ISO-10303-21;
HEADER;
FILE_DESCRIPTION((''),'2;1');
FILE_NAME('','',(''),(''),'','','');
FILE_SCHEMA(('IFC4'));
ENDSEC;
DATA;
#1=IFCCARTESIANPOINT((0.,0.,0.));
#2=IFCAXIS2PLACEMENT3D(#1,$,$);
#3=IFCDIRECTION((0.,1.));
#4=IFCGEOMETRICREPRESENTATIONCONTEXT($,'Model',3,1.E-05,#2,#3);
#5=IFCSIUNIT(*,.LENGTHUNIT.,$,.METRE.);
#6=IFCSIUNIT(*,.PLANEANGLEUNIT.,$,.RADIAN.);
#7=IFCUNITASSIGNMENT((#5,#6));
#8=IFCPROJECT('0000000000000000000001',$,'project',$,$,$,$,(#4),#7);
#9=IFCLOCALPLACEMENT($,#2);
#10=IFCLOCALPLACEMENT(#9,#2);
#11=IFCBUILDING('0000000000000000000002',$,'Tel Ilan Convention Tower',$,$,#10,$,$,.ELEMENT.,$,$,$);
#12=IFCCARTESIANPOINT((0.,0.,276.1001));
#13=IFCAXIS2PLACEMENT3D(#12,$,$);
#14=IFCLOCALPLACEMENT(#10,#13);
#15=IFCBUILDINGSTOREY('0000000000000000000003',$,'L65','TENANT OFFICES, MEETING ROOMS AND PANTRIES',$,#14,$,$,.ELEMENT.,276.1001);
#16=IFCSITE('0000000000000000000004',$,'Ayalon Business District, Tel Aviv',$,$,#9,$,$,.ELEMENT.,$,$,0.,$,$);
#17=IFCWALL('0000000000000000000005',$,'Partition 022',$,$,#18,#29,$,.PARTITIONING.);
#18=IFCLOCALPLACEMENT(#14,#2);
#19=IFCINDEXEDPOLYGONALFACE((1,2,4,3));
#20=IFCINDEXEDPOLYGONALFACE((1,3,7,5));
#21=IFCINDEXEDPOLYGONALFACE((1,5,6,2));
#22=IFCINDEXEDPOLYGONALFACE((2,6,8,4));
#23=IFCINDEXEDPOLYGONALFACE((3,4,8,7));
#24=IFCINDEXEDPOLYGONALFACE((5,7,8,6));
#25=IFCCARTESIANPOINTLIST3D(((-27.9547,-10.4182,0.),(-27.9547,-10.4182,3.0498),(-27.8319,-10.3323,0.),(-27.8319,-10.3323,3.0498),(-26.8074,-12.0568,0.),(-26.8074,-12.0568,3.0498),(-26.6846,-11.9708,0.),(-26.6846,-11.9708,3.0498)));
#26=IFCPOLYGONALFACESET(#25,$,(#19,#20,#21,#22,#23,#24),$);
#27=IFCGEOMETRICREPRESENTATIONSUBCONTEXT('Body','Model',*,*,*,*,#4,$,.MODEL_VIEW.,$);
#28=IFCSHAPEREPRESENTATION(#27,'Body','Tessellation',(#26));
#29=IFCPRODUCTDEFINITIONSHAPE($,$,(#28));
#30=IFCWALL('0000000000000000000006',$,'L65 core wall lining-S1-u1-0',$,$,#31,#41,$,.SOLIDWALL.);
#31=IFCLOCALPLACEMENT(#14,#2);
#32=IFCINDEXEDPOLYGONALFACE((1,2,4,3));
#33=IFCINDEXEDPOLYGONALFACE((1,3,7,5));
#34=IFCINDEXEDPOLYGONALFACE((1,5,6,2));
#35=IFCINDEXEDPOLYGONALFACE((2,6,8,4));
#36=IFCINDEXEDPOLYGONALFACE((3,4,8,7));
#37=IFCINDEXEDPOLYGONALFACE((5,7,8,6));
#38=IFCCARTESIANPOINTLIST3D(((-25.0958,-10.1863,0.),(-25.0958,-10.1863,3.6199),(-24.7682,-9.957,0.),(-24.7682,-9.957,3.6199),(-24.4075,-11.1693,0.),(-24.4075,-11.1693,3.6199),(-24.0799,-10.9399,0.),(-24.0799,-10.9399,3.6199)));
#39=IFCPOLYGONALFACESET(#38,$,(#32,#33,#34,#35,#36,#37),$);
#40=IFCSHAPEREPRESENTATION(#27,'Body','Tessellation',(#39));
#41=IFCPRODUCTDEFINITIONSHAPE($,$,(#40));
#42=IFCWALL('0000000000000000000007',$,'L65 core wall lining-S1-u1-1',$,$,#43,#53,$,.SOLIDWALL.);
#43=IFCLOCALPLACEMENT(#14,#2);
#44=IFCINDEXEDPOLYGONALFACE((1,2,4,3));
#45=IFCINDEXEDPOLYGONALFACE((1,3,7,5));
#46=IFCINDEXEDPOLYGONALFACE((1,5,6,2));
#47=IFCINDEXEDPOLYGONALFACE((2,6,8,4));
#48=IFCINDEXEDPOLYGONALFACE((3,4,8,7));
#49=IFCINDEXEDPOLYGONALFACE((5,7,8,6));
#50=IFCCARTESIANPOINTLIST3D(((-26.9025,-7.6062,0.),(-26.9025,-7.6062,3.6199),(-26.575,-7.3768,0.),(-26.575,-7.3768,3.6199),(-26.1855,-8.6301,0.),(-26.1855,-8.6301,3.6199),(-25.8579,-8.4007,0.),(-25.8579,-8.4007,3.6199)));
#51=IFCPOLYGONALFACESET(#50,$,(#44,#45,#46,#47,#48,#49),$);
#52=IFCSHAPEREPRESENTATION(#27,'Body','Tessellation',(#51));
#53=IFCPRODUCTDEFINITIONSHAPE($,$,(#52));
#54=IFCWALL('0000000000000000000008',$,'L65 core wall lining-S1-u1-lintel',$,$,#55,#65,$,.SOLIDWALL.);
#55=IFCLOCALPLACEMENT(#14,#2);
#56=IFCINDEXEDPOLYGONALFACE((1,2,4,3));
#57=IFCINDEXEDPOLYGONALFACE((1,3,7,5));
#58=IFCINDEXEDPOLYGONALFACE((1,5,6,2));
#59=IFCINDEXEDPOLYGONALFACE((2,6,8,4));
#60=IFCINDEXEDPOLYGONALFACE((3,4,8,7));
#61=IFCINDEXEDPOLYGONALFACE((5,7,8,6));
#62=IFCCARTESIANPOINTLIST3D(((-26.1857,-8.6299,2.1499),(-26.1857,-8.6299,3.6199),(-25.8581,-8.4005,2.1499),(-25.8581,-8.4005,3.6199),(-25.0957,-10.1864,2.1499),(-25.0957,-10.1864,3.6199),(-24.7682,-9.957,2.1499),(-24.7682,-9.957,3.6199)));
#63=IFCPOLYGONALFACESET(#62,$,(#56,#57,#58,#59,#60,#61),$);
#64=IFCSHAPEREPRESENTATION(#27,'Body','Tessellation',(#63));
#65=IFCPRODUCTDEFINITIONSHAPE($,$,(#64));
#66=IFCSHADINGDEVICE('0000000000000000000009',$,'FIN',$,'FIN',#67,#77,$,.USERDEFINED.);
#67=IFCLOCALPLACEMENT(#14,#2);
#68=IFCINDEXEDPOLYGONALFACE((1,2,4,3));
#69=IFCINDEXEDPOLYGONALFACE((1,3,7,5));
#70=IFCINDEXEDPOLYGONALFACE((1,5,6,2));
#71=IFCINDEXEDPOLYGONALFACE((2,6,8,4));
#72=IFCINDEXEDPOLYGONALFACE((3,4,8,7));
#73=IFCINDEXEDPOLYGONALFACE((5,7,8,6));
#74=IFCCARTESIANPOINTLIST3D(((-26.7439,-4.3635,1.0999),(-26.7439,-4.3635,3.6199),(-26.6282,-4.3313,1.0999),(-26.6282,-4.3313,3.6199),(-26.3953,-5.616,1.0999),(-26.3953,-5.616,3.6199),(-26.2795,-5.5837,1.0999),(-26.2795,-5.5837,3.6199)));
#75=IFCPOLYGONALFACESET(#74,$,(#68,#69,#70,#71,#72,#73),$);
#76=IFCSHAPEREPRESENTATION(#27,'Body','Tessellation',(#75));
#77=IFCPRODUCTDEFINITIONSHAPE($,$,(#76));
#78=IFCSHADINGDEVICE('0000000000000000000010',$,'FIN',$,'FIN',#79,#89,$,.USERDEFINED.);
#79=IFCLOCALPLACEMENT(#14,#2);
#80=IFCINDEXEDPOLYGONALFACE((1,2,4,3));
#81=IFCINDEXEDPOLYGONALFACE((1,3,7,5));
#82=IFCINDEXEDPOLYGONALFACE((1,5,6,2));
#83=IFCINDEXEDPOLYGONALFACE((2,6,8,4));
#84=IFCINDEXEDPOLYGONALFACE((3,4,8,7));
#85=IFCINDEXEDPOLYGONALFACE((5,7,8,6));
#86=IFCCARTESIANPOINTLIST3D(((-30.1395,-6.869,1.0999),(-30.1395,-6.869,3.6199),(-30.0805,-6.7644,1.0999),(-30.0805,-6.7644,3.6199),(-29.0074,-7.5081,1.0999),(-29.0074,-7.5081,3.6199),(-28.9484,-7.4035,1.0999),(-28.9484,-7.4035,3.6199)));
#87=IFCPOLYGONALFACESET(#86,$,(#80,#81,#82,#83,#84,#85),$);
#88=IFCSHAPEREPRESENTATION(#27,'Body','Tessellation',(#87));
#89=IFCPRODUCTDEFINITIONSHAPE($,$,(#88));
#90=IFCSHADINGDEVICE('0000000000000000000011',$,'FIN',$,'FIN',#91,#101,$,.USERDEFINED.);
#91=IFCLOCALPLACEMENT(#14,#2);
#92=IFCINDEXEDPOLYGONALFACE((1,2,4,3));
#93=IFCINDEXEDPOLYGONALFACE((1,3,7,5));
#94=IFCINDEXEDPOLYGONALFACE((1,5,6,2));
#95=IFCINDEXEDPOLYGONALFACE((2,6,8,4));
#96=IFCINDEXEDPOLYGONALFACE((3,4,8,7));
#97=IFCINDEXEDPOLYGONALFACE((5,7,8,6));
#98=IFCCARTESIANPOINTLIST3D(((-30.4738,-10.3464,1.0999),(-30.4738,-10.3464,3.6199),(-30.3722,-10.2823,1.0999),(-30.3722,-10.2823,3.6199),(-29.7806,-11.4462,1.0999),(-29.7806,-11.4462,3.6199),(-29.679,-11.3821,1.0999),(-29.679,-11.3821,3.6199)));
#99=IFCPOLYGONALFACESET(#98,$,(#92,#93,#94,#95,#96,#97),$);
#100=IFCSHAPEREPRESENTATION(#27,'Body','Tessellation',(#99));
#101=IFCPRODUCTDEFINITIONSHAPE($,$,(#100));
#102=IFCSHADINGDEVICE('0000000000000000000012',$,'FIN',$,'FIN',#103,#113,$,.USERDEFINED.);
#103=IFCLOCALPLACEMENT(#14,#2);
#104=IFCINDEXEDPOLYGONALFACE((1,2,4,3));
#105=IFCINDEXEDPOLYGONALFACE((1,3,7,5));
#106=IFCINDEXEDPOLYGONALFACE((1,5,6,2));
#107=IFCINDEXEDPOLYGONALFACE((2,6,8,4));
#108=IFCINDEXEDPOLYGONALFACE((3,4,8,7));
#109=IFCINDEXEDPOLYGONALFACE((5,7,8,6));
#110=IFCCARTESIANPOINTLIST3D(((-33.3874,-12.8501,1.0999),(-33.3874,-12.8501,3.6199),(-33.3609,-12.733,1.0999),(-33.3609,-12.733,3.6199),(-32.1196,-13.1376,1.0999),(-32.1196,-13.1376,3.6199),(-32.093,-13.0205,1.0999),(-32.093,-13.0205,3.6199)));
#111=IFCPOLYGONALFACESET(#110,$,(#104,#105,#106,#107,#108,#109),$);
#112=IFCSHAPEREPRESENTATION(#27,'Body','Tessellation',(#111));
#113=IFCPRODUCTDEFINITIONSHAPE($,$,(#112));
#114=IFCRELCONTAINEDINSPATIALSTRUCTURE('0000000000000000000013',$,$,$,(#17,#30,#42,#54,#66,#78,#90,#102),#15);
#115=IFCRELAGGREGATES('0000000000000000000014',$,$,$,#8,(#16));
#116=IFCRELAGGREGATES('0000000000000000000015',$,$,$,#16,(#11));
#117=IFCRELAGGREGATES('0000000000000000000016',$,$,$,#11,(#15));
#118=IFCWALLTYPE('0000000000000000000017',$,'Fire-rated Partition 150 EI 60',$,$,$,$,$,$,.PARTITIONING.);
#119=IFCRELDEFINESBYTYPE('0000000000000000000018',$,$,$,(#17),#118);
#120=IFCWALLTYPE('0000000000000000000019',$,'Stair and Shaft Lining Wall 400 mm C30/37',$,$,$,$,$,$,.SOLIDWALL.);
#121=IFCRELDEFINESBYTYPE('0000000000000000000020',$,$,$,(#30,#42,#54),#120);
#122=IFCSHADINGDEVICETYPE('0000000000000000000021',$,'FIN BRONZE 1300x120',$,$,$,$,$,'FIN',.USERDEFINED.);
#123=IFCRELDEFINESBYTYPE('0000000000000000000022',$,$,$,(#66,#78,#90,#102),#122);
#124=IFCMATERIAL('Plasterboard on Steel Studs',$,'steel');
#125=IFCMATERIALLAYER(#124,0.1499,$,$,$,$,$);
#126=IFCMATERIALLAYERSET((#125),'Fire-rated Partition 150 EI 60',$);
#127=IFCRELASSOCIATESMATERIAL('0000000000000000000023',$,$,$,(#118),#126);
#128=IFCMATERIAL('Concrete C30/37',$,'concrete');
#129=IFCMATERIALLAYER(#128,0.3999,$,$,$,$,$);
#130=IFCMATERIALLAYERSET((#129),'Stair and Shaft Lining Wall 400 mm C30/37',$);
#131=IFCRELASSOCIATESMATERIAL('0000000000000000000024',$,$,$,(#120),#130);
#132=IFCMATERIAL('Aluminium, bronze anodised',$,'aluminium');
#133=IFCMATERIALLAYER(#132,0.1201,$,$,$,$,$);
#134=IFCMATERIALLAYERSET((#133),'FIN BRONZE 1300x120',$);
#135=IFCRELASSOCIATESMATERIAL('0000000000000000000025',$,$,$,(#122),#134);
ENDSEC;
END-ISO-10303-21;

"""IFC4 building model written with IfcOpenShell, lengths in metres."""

from ifc_helpers import new_model, si_unit, direction, frame, frame_2d, origin, origin_2d, place, context, subcontext, project, spatial, rectangle, extrude, material, layer, layer_set, type_object, element, save


model = new_model("IFC4")

# Units and contexts
model_context = context("Model", 3, precision=1e-05, world=origin(), true_north=direction((0.0, 1.0)))
body_context = subcontext(model_context, "Body", "Model", "MODEL_VIEW")
ifc_project = project(units=[si_unit("LENGTHUNIT", "METRE"), si_unit("PLANEANGLEUNIT", "RADIAN")], contexts=[model_context])

# Site, building, storey
site_placement = place(None, origin())
site = spatial("IfcSite", under=ifc_project, at=site_placement, Name="Ayalon Business District, Tel Aviv", CompositionType="ELEMENT", RefElevation=0.0)
building_placement = place(site_placement, origin())
building = spatial("IfcBuilding", under=site, at=building_placement, Name="Tel Ilan Convention Tower", CompositionType="ELEMENT")
storey_placement = place(building_placement, frame((0.0, 0.0, 276.1001)))
storey = spatial("IfcBuildingStorey", under=building, at=storey_placement, Name="L65", Description="TENANT OFFICES, MEETING ROOMS AND PANTRIES", CompositionType="ELEMENT", Elevation=276.1001)

# Walls
ifc_material_1 = material(Name="Plasterboard on Steel Studs", Category="steel")
ifc_layer_1 = layer(ifc_material_1, 0.1499)
ifc_layer_set_1 = layer_set([ifc_layer_1], Name="Fire-rated Partition 150 EI 60")
wall_type_1 = type_object("IfcWallType", Name="Fire-rated Partition 150 EI 60", PredefinedType="PARTITIONING", material=ifc_layer_set_1)
wall_1_placement = place(storey_placement, frame((-26.7461, -12.0137, 0.0), z_axis=(0.0, 0.0, 1.0), x_axis=(-0.573569, 0.819157, 0.0)))
element("IfcWall", 1, at=wall_1_placement, inside=storey, type_object=wall_type_1, Name="Partition 022", PredefinedType="PARTITIONING", context=body_context, shape_type="SweptSolid", body=[
    extrude(rectangle(XDim=2.0002, YDim=0.1499, at=frame_2d((1.0, 0.0))), origin(), (0.0, 0.0, 1.0), 3.0498),
])
ifc_material_2 = material(Name="Concrete C30/37", Category="concrete")
ifc_layer_2 = layer(ifc_material_2, 0.3999)
ifc_layer_set_2 = layer_set([ifc_layer_2], Name="Stair and Shaft Lining Wall 400 mm C30/37")
wall_type_2 = type_object("IfcWallType", Name="Stair and Shaft Lining Wall 400 mm C30/37", PredefinedType="SOLIDWALL", material=ifc_layer_set_2)
wall_2_placement = place(storey_placement, frame((-24.2437, -11.0547, 0.0), z_axis=(0.0, 0.0, 1.0), x_axis=(-0.573572, 0.819155, 0.0)))
element("IfcWall", 2, at=wall_2_placement, inside=storey, type_object=wall_type_2, Name="L65 core wall lining-S1-u1-0", PredefinedType="SOLIDWALL", context=body_context, shape_type="SweptSolid", body=[
    extrude(rectangle(XDim=1.2, YDim=0.3999, at=frame_2d((0.6001, 0.0))), origin(), (0.0, 0.0, 1.0), 3.6199),
])
wall_3_placement = place(storey_placement, frame((-26.0217, -8.5154, 0.0), z_axis=(0.0, 0.0, 1.0), x_axis=(-0.57362, 0.819122, 0.0)))
element("IfcWall", 3, at=wall_3_placement, inside=storey, type_object=wall_type_2, Name="L65 core wall lining-S1-u1-1", PredefinedType="SOLIDWALL", context=body_context, shape_type="SweptSolid", body=[
    extrude(rectangle(XDim=1.25, YDim=0.3999, at=frame_2d((0.625, 0.0))), origin(), (0.0, 0.0, 1.0), 3.6199),
])
wall_4_placement = place(storey_placement, frame((-24.9319, -10.0718, 2.1499), z_axis=(0.0, 0.0, 1.0), x_axis=(-0.573592, 0.819141, 0.0)))
element("IfcWall", 4, at=wall_4_placement, inside=storey, type_object=wall_type_2, Name="L65 core wall lining-S1-u1-lintel", PredefinedType="SOLIDWALL", context=body_context, shape_type="SweptSolid", body=[
    extrude(rectangle(XDim=1.9001, YDim=0.3999, at=frame_2d((0.9502, 0.0))), origin(), (0.0, 0.0, 1.0), 1.47),
])

# Shading devices
ifc_material_3 = material(Name="Aluminium, bronze anodised", Category="aluminium")
ifc_layer_3 = layer(ifc_material_3, 0.1201)
ifc_layer_set_3 = layer_set([ifc_layer_3], Name="FIN BRONZE 1300x120")
shading_device_type = type_object("IfcShadingDeviceType", Name="FIN BRONZE 1300x120", ElementType="FIN", PredefinedType="USERDEFINED", material=ifc_layer_set_3)
for number, where, z_axis, x_axis, name in (
    (5, (-26.5117, -4.9736, 1.0999), (0.0, 0.0, 1.0), (-0.268173, 0.963371, 0.0), "FIN"),
    (6, (-29.5439, -7.1362, 1.0999), (0.0, 0.0, 1.0), (-0.870833, 0.491579, 0.0), "FIN"),
    (7, (-30.0764, -10.8643, 1.0999), (0.0, 0.0, 1.0), (-0.533204, 0.845986, 0.0), "FIN"),
    (8, (-32.7402, -12.9353, 1.0999), (0.0, 0.0, 1.0), (-0.975235, 0.22117, 0.0), "FIN"),
):
    element("IfcShadingDevice", number, at=place(storey_placement, frame(where, z_axis=z_axis, x_axis=x_axis)), inside=storey, type_object=shading_device_type, Name=name, ObjectType="FIN", PredefinedType="USERDEFINED", context=body_context, shape_type="SweptSolid", body=[
        extrude(rectangle(XDim=1.3, YDim=0.1201, at=origin_2d()), origin(), (0.0, 0.0, 1.0), 2.52),
    ])

save(model, "model.ifc")
